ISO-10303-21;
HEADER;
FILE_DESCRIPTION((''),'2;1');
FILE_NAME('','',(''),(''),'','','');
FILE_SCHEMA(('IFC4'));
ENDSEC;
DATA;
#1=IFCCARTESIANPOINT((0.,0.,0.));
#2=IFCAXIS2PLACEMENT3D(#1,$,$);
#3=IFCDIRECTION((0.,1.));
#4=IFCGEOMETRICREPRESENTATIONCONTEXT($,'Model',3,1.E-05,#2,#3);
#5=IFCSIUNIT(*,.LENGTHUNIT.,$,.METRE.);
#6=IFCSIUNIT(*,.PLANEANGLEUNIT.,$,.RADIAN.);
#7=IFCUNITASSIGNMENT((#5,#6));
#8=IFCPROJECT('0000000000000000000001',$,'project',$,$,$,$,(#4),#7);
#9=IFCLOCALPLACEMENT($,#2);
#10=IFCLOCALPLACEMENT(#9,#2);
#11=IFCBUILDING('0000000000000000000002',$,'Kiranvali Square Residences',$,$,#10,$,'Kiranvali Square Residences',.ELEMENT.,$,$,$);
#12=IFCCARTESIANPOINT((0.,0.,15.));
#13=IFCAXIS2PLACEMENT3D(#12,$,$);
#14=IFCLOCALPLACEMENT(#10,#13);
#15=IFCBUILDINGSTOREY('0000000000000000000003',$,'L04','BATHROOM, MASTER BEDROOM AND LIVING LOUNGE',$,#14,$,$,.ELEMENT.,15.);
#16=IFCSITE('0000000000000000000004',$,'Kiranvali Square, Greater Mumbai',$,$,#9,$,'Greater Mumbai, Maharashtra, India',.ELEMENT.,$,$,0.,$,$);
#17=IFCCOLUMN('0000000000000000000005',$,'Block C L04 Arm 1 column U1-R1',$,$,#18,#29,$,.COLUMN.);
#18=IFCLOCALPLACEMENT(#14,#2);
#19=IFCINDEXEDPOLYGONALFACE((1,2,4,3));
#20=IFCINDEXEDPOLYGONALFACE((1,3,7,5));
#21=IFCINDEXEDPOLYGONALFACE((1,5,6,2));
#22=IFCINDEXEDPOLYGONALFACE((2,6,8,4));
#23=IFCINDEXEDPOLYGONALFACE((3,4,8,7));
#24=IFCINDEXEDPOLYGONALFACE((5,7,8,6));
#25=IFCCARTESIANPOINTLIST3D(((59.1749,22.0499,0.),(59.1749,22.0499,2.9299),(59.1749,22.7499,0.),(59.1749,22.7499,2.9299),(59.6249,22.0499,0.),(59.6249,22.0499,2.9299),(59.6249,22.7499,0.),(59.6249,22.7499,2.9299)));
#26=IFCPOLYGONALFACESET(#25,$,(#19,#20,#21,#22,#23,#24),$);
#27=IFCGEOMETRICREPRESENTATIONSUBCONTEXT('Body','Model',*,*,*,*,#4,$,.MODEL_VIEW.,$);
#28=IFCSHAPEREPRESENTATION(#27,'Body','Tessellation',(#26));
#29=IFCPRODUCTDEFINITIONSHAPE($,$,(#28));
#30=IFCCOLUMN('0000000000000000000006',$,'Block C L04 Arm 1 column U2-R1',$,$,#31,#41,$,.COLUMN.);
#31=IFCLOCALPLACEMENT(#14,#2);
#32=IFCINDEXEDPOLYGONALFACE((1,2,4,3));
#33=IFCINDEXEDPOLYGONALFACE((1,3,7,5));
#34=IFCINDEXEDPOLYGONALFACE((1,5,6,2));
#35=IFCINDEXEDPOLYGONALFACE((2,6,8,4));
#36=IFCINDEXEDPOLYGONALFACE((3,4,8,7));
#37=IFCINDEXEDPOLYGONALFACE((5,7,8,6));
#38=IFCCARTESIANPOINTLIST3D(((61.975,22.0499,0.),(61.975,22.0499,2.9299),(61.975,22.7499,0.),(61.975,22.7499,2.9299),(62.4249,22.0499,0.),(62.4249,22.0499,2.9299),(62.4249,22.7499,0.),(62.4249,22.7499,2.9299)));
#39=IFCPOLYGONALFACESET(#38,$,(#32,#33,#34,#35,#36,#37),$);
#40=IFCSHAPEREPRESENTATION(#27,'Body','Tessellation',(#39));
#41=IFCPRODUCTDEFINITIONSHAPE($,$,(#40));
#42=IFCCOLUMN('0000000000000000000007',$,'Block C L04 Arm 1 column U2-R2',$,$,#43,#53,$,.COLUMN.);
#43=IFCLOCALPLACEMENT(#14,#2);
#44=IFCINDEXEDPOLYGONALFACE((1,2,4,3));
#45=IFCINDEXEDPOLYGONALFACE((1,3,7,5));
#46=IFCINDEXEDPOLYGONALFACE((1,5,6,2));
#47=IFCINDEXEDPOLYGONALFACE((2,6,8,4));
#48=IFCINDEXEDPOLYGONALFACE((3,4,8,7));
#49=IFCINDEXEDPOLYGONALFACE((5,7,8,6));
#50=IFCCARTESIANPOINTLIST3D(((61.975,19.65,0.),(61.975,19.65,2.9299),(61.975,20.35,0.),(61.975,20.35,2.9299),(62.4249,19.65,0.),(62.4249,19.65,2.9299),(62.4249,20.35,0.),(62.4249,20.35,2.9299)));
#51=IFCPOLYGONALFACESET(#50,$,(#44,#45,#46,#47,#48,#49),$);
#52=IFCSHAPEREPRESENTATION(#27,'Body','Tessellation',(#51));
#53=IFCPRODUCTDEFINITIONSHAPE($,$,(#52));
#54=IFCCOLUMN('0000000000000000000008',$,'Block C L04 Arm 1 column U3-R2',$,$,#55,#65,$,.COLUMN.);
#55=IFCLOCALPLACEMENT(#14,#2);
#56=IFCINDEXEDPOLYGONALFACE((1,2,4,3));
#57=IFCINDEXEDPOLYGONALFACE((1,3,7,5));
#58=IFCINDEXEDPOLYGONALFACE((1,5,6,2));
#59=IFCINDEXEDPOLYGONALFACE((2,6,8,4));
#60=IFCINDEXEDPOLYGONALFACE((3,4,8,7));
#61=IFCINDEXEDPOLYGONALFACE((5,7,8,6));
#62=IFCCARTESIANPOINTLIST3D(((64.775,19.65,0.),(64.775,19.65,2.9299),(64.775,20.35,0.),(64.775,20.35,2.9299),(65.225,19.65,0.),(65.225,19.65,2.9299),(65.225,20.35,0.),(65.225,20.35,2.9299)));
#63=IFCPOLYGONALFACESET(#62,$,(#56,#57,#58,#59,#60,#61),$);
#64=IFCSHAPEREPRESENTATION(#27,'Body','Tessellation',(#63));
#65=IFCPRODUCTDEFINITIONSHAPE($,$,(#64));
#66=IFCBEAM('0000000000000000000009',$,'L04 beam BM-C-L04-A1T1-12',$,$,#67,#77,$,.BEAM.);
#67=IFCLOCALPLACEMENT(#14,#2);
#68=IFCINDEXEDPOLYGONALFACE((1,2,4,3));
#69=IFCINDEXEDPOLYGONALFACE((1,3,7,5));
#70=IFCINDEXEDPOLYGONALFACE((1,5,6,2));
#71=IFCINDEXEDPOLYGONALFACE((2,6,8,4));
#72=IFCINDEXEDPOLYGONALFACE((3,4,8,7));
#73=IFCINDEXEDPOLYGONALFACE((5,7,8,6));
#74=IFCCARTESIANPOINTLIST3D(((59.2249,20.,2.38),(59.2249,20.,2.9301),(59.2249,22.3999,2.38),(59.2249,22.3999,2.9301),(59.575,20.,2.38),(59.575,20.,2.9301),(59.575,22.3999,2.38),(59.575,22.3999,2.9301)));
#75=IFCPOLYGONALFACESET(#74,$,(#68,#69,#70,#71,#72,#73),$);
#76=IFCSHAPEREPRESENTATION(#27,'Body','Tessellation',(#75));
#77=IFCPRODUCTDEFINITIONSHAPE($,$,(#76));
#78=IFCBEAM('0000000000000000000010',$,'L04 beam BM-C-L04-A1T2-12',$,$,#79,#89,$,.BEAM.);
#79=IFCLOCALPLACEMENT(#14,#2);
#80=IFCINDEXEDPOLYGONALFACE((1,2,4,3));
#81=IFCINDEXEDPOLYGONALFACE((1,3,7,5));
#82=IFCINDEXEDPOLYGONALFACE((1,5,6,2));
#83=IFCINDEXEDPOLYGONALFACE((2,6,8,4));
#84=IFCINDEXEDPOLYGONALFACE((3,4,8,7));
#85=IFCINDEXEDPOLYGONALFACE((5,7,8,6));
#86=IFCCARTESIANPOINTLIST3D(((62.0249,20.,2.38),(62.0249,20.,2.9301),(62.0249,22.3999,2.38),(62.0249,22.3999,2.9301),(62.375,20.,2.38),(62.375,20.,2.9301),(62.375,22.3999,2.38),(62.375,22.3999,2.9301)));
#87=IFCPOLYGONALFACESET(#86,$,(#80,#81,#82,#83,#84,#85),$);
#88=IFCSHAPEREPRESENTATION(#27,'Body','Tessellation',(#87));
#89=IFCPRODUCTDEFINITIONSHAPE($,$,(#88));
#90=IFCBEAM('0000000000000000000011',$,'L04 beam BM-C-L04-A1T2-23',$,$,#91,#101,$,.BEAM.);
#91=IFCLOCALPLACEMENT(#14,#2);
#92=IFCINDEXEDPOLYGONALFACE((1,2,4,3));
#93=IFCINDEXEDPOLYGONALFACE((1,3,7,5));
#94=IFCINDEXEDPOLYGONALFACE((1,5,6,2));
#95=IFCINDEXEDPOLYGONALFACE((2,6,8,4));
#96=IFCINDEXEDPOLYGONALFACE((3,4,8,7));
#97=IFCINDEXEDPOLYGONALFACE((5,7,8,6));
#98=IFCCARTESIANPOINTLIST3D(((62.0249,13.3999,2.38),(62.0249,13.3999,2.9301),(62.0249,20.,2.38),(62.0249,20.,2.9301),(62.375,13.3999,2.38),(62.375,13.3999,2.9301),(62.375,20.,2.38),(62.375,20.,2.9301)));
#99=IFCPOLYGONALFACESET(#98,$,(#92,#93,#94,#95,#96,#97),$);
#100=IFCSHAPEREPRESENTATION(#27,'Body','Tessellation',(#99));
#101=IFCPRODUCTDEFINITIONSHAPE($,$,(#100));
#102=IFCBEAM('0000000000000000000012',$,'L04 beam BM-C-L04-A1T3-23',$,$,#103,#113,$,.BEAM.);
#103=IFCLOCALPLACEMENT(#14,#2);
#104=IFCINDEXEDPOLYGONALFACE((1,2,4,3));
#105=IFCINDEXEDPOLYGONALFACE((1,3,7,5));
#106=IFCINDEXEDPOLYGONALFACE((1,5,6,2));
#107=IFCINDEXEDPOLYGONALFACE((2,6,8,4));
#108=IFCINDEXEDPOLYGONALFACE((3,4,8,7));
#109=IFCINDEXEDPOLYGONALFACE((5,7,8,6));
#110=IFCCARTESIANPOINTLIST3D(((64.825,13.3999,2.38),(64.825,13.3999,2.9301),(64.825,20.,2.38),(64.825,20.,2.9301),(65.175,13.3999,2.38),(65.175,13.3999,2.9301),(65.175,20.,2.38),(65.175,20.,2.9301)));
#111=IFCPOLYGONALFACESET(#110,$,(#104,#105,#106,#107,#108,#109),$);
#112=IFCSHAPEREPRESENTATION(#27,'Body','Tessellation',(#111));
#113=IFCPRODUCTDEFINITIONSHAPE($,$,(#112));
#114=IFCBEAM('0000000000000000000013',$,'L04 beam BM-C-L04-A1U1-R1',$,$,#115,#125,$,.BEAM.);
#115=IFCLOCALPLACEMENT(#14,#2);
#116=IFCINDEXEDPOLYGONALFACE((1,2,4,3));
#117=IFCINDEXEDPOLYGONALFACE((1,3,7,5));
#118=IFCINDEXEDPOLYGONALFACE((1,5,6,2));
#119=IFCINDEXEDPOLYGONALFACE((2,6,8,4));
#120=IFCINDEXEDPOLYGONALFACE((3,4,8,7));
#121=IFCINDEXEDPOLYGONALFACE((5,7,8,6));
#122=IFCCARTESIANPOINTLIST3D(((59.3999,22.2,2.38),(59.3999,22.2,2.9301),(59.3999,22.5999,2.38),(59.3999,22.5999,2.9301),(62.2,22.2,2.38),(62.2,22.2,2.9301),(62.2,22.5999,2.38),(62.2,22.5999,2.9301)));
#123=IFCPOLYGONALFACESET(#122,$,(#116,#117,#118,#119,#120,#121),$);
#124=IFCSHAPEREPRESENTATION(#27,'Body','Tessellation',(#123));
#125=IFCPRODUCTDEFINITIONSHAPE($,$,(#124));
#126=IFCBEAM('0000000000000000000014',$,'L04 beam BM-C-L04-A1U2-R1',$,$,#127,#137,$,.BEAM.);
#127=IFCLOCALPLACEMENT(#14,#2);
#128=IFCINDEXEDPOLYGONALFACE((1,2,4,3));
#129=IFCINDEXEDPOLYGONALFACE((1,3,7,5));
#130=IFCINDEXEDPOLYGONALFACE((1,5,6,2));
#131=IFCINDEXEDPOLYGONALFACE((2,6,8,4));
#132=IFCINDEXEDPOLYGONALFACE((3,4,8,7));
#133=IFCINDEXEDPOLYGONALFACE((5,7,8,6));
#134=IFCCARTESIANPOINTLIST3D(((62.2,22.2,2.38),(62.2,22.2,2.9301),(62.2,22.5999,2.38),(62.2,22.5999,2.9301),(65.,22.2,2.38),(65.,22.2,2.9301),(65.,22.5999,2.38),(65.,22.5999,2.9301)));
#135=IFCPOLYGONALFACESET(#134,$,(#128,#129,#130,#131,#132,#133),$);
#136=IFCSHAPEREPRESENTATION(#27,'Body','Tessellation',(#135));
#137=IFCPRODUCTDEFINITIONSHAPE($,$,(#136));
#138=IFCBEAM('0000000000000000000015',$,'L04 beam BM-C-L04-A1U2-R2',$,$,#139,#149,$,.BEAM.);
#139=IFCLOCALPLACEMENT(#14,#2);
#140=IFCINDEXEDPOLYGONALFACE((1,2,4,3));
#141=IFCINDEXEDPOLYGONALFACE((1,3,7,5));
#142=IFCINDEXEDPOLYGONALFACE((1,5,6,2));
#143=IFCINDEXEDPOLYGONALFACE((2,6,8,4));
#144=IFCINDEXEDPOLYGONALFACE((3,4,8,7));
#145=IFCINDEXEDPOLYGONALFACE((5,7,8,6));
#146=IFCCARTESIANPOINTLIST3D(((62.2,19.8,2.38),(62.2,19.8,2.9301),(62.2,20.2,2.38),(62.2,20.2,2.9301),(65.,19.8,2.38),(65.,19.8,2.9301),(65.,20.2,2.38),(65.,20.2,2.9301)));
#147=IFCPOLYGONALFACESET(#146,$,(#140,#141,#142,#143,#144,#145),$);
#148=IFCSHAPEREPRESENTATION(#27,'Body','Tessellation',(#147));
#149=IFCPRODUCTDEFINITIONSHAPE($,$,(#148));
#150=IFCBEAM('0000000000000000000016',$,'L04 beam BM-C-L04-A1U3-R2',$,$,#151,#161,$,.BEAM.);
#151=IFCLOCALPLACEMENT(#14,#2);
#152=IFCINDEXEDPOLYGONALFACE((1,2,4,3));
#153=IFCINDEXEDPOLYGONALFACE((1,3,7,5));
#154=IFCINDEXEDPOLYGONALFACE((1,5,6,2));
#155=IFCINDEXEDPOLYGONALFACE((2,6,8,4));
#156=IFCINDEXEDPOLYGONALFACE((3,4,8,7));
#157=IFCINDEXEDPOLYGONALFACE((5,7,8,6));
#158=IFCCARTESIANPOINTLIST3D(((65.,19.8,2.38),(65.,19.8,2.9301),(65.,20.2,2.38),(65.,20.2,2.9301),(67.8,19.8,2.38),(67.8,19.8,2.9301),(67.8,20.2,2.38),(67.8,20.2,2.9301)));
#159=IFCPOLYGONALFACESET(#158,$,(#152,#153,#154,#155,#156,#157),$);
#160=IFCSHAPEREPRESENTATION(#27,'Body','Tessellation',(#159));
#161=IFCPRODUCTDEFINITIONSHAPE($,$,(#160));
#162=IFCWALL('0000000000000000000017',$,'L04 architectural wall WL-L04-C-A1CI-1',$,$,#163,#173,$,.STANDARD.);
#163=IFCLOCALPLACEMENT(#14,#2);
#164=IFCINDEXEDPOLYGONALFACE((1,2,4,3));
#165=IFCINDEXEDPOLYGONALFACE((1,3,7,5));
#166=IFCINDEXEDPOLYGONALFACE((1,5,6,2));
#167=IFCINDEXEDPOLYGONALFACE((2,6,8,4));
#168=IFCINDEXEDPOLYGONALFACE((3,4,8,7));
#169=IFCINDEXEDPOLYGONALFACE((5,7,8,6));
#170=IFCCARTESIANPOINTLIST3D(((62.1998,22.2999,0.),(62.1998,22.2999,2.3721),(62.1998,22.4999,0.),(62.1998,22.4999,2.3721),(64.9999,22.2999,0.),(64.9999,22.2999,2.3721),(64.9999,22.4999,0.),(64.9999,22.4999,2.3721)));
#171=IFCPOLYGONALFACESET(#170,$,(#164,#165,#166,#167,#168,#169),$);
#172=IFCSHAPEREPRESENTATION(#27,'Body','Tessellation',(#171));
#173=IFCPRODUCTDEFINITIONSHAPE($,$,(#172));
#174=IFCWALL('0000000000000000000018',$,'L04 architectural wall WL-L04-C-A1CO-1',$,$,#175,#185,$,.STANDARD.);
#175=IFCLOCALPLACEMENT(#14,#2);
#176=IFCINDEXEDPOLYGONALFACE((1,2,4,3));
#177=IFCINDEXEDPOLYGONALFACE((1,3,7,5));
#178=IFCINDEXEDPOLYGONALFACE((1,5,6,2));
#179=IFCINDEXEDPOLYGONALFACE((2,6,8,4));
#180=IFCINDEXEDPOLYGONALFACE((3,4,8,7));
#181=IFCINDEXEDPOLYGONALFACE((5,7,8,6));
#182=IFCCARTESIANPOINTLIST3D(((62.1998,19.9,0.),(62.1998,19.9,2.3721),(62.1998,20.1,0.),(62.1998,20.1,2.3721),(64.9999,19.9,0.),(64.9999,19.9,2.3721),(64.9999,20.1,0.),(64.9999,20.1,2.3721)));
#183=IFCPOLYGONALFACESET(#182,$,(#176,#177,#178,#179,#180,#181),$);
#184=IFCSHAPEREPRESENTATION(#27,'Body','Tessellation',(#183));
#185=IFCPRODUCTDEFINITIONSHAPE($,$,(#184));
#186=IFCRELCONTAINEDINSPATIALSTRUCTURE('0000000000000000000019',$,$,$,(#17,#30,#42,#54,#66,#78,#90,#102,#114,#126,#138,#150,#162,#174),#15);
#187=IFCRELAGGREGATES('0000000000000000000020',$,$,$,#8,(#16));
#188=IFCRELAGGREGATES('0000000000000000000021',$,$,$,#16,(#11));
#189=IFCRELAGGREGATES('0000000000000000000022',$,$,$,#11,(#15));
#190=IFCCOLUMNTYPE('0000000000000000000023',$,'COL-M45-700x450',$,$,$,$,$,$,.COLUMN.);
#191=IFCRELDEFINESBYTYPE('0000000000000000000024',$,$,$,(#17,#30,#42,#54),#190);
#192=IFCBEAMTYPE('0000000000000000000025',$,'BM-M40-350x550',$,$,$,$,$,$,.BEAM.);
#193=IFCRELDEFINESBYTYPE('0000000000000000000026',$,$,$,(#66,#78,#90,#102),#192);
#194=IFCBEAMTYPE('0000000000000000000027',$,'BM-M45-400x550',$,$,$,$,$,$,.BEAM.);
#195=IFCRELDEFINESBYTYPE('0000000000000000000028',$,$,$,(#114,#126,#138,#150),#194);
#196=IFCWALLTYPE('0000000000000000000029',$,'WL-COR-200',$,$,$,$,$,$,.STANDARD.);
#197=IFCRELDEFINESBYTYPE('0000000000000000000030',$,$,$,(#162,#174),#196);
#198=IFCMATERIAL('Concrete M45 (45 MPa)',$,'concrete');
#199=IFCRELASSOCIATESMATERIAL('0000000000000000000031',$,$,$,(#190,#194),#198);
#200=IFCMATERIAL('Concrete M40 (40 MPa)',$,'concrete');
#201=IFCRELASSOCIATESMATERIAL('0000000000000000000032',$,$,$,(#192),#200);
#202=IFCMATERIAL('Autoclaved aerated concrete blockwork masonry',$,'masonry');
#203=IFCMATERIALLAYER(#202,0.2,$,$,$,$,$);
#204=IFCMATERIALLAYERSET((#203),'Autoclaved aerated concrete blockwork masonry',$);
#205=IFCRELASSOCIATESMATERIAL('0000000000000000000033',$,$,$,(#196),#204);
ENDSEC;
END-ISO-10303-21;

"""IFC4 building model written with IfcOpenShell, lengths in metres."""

from ifc_helpers import new_model, si_unit, direction, frame, frame_2d, origin, origin_2d, place, context, subcontext, project, spatial, rectangle, extrude, material, layer, layer_set, material_profile, profile_set, type_object, element, save


model = new_model("IFC4")

# Units and contexts
model_context = context("Model", 3, precision=1e-05, world=origin(), true_north=direction((0.0, 1.0)))
body_context = subcontext(model_context, "Body", "Model", "MODEL_VIEW")
ifc_project = project(units=[si_unit("LENGTHUNIT", "METRE"), si_unit("PLANEANGLEUNIT", "RADIAN")], contexts=[model_context])

# Site, building, storey
site_placement = place(None, origin())
site = spatial("IfcSite", under=ifc_project, at=site_placement, Name="Kiranvali Square, Greater Mumbai", LongName="Greater Mumbai, Maharashtra, India", CompositionType="ELEMENT", RefElevation=0.0)
building_placement = place(site_placement, origin())
building = spatial("IfcBuilding", under=site, at=building_placement, Name="Kiranvali Square Residences", LongName="Kiranvali Square Residences", CompositionType="ELEMENT")
storey_placement = place(building_placement, frame((0.0, 0.0, 15.0)))
storey = spatial("IfcBuildingStorey", under=building, at=storey_placement, Name="L04", Description="BATHROOM, MASTER BEDROOM AND LIVING LOUNGE", CompositionType="ELEMENT", Elevation=15.0)

# Columns
ifc_material_1 = material(Name="Concrete M45 (45 MPa)", Category="concrete")
ifc_material_profile_1 = material_profile(ifc_material_1, rectangle(XDim=0.45, YDim=0.7, at=origin_2d()), Name="RC 700x450")
ifc_profile_set_1 = profile_set([ifc_material_profile_1], Name="Concrete M45 (45 MPa)")
column_type = type_object("IfcColumnType", Name="COL-M45-700x450", PredefinedType="COLUMN", material=ifc_profile_set_1)
for number, where, z_axis, x_axis, name in (
    (1, (59.3999, 22.3999, 0.0), (0.0, 0.0, 1.0), (1.0, 0.0, 0.0), "Block C L04 Arm 1 column U1-R1"),
    (2, (62.2, 22.3999, 0.0), (0.0, 0.0, 1.0), (1.0, 0.0, 0.0), "Block C L04 Arm 1 column U2-R1"),
    (3, (62.2, 20.0, 0.0), (0.0, 0.0, 1.0), (1.0, 0.0, 0.0), "Block C L04 Arm 1 column U2-R2"),
    (4, (65.0, 20.0, 0.0), (0.0, 0.0, 1.0), (1.0, 0.0, 0.0), "Block C L04 Arm 1 column U3-R2"),
):
    element("IfcColumn", number, at=place(storey_placement, frame(where, z_axis=z_axis, x_axis=x_axis)), inside=storey, type_object=column_type, Name=name, PredefinedType="COLUMN", context=body_context, shape_type="SweptSolid", body=[
        extrude(rectangle(XDim=0.45, YDim=0.7, at=origin_2d()), origin(), (0.0, 0.0, 1.0), 2.9299),
    ])

# Beams
ifc_material_2 = material(Name="Concrete M40 (40 MPa)", Category="concrete")
ifc_material_profile_2 = material_profile(ifc_material_2, rectangle(XDim=0.3501, YDim=0.55, at=origin_2d()), Name="RC 350x550")
ifc_profile_set_2 = profile_set([ifc_material_profile_2], Name="Concrete M40 (40 MPa)")
beam_type_1 = type_object("IfcBeamType", Name="BM-M40-350x550", PredefinedType="BEAM", material=ifc_profile_set_2)
for number, where, z_axis, x_axis, name in (
    (5, (59.3999, 22.3999, 2.655), (0.0, -1.0, 0.0), (1.0, 0.0, 0.0), "L04 beam BM-C-L04-A1T1-12"),
    (6, (62.2, 22.3999, 2.655), (0.0, -1.0, 0.0), (1.0, 0.0, 0.0), "L04 beam BM-C-L04-A1T2-12"),
):
    element("IfcBeam", number, at=place(storey_placement, frame(where, z_axis=z_axis, x_axis=x_axis)), inside=storey, type_object=beam_type_1, Name=name, PredefinedType="BEAM", context=body_context, shape_type="SweptSolid", body=[
        extrude(rectangle(XDim=0.3501, YDim=0.55, at=origin_2d()), origin(), (0.0, 0.0, 1.0), 2.3999),
    ])
for number, where, z_axis, x_axis, name in (
    (7, (62.2, 20.0, 2.655), (0.0, -1.0, 0.0), (1.0, 0.0, 0.0), "L04 beam BM-C-L04-A1T2-23"),
    (8, (65.0, 20.0, 2.655), (0.0, -1.0, 0.0), (1.0, 0.0, 0.0), "L04 beam BM-C-L04-A1T3-23"),
):
    element("IfcBeam", number, at=place(storey_placement, frame(where, z_axis=z_axis, x_axis=x_axis)), inside=storey, type_object=beam_type_1, Name=name, PredefinedType="BEAM", context=body_context, shape_type="SweptSolid", body=[
        extrude(rectangle(XDim=0.3501, YDim=0.55, at=origin_2d()), origin(), (0.0, 0.0, 1.0), 6.6001),
    ])
ifc_material_profile_3 = material_profile(ifc_material_1, rectangle(XDim=0.3999, YDim=0.55, at=origin_2d()), Name="RC 400x550")
ifc_profile_set_3 = profile_set([ifc_material_profile_3], Name="Concrete M45 (45 MPa)")
beam_type_2 = type_object("IfcBeamType", Name="BM-M45-400x550", PredefinedType="BEAM", material=ifc_profile_set_3)
for number, where, z_axis, x_axis, name in (
    (9, (59.3999, 22.3999, 2.655), (1.0, 0.0, 0.0), (0.0, 1.0, 0.0), "L04 beam BM-C-L04-A1U1-R1"),
    (10, (62.2, 22.3999, 2.655), (1.0, 0.0, 0.0), (0.0, 1.0, 0.0), "L04 beam BM-C-L04-A1U2-R1"),
    (11, (62.2, 20.0, 2.655), (1.0, 0.0, 0.0), (0.0, 1.0, 0.0), "L04 beam BM-C-L04-A1U2-R2"),
    (12, (65.0, 20.0, 2.655), (1.0, 0.0, 0.0), (0.0, 1.0, 0.0), "L04 beam BM-C-L04-A1U3-R2"),
):
    element("IfcBeam", number, at=place(storey_placement, frame(where, z_axis=z_axis, x_axis=x_axis)), inside=storey, type_object=beam_type_2, Name=name, PredefinedType="BEAM", context=body_context, shape_type="SweptSolid", body=[
        extrude(rectangle(XDim=0.3999, YDim=0.55, at=origin_2d()), origin(), (0.0, 0.0, 1.0), 2.8),
    ])

# Shared definitions
ifc_material_3 = material(Name="Autoclaved aerated concrete blockwork masonry", Category="masonry")
ifc_layer_1 = layer(ifc_material_3, 0.2)
ifc_layer_set_1 = layer_set([ifc_layer_1], Name="Autoclaved aerated concrete blockwork masonry")
wall_type_1 = type_object("IfcWallType", Name="WL-COR-200", PredefinedType="STANDARD", material=ifc_layer_set_1)

# Walls
for number, where, z_axis, x_axis, name in (
    (13, (62.2, 22.3999, 0.0), (0.0, 0.0, 1.0), (1.0, 0.0, 0.0), "L04 architectural wall WL-L04-C-A1CI-1"),
    (14, (62.2, 20.0, 0.0), (0.0, 0.0, 1.0), (1.0, 0.0, 0.0), "L04 architectural wall WL-L04-C-A1CO-1"),
):
    element("IfcWall", number, at=place(storey_placement, frame(where, z_axis=z_axis, x_axis=x_axis)), inside=storey, type_object=wall_type_1, Name=name, PredefinedType="STANDARD", context=body_context, shape_type="SweptSolid", body=[
        extrude(rectangle(XDim=2.8, YDim=0.2, at=frame_2d((1.3999, 0.0))), origin(), (0.0, 0.0, 1.0), 2.3721),
    ])

save(model, "model.ifc")
